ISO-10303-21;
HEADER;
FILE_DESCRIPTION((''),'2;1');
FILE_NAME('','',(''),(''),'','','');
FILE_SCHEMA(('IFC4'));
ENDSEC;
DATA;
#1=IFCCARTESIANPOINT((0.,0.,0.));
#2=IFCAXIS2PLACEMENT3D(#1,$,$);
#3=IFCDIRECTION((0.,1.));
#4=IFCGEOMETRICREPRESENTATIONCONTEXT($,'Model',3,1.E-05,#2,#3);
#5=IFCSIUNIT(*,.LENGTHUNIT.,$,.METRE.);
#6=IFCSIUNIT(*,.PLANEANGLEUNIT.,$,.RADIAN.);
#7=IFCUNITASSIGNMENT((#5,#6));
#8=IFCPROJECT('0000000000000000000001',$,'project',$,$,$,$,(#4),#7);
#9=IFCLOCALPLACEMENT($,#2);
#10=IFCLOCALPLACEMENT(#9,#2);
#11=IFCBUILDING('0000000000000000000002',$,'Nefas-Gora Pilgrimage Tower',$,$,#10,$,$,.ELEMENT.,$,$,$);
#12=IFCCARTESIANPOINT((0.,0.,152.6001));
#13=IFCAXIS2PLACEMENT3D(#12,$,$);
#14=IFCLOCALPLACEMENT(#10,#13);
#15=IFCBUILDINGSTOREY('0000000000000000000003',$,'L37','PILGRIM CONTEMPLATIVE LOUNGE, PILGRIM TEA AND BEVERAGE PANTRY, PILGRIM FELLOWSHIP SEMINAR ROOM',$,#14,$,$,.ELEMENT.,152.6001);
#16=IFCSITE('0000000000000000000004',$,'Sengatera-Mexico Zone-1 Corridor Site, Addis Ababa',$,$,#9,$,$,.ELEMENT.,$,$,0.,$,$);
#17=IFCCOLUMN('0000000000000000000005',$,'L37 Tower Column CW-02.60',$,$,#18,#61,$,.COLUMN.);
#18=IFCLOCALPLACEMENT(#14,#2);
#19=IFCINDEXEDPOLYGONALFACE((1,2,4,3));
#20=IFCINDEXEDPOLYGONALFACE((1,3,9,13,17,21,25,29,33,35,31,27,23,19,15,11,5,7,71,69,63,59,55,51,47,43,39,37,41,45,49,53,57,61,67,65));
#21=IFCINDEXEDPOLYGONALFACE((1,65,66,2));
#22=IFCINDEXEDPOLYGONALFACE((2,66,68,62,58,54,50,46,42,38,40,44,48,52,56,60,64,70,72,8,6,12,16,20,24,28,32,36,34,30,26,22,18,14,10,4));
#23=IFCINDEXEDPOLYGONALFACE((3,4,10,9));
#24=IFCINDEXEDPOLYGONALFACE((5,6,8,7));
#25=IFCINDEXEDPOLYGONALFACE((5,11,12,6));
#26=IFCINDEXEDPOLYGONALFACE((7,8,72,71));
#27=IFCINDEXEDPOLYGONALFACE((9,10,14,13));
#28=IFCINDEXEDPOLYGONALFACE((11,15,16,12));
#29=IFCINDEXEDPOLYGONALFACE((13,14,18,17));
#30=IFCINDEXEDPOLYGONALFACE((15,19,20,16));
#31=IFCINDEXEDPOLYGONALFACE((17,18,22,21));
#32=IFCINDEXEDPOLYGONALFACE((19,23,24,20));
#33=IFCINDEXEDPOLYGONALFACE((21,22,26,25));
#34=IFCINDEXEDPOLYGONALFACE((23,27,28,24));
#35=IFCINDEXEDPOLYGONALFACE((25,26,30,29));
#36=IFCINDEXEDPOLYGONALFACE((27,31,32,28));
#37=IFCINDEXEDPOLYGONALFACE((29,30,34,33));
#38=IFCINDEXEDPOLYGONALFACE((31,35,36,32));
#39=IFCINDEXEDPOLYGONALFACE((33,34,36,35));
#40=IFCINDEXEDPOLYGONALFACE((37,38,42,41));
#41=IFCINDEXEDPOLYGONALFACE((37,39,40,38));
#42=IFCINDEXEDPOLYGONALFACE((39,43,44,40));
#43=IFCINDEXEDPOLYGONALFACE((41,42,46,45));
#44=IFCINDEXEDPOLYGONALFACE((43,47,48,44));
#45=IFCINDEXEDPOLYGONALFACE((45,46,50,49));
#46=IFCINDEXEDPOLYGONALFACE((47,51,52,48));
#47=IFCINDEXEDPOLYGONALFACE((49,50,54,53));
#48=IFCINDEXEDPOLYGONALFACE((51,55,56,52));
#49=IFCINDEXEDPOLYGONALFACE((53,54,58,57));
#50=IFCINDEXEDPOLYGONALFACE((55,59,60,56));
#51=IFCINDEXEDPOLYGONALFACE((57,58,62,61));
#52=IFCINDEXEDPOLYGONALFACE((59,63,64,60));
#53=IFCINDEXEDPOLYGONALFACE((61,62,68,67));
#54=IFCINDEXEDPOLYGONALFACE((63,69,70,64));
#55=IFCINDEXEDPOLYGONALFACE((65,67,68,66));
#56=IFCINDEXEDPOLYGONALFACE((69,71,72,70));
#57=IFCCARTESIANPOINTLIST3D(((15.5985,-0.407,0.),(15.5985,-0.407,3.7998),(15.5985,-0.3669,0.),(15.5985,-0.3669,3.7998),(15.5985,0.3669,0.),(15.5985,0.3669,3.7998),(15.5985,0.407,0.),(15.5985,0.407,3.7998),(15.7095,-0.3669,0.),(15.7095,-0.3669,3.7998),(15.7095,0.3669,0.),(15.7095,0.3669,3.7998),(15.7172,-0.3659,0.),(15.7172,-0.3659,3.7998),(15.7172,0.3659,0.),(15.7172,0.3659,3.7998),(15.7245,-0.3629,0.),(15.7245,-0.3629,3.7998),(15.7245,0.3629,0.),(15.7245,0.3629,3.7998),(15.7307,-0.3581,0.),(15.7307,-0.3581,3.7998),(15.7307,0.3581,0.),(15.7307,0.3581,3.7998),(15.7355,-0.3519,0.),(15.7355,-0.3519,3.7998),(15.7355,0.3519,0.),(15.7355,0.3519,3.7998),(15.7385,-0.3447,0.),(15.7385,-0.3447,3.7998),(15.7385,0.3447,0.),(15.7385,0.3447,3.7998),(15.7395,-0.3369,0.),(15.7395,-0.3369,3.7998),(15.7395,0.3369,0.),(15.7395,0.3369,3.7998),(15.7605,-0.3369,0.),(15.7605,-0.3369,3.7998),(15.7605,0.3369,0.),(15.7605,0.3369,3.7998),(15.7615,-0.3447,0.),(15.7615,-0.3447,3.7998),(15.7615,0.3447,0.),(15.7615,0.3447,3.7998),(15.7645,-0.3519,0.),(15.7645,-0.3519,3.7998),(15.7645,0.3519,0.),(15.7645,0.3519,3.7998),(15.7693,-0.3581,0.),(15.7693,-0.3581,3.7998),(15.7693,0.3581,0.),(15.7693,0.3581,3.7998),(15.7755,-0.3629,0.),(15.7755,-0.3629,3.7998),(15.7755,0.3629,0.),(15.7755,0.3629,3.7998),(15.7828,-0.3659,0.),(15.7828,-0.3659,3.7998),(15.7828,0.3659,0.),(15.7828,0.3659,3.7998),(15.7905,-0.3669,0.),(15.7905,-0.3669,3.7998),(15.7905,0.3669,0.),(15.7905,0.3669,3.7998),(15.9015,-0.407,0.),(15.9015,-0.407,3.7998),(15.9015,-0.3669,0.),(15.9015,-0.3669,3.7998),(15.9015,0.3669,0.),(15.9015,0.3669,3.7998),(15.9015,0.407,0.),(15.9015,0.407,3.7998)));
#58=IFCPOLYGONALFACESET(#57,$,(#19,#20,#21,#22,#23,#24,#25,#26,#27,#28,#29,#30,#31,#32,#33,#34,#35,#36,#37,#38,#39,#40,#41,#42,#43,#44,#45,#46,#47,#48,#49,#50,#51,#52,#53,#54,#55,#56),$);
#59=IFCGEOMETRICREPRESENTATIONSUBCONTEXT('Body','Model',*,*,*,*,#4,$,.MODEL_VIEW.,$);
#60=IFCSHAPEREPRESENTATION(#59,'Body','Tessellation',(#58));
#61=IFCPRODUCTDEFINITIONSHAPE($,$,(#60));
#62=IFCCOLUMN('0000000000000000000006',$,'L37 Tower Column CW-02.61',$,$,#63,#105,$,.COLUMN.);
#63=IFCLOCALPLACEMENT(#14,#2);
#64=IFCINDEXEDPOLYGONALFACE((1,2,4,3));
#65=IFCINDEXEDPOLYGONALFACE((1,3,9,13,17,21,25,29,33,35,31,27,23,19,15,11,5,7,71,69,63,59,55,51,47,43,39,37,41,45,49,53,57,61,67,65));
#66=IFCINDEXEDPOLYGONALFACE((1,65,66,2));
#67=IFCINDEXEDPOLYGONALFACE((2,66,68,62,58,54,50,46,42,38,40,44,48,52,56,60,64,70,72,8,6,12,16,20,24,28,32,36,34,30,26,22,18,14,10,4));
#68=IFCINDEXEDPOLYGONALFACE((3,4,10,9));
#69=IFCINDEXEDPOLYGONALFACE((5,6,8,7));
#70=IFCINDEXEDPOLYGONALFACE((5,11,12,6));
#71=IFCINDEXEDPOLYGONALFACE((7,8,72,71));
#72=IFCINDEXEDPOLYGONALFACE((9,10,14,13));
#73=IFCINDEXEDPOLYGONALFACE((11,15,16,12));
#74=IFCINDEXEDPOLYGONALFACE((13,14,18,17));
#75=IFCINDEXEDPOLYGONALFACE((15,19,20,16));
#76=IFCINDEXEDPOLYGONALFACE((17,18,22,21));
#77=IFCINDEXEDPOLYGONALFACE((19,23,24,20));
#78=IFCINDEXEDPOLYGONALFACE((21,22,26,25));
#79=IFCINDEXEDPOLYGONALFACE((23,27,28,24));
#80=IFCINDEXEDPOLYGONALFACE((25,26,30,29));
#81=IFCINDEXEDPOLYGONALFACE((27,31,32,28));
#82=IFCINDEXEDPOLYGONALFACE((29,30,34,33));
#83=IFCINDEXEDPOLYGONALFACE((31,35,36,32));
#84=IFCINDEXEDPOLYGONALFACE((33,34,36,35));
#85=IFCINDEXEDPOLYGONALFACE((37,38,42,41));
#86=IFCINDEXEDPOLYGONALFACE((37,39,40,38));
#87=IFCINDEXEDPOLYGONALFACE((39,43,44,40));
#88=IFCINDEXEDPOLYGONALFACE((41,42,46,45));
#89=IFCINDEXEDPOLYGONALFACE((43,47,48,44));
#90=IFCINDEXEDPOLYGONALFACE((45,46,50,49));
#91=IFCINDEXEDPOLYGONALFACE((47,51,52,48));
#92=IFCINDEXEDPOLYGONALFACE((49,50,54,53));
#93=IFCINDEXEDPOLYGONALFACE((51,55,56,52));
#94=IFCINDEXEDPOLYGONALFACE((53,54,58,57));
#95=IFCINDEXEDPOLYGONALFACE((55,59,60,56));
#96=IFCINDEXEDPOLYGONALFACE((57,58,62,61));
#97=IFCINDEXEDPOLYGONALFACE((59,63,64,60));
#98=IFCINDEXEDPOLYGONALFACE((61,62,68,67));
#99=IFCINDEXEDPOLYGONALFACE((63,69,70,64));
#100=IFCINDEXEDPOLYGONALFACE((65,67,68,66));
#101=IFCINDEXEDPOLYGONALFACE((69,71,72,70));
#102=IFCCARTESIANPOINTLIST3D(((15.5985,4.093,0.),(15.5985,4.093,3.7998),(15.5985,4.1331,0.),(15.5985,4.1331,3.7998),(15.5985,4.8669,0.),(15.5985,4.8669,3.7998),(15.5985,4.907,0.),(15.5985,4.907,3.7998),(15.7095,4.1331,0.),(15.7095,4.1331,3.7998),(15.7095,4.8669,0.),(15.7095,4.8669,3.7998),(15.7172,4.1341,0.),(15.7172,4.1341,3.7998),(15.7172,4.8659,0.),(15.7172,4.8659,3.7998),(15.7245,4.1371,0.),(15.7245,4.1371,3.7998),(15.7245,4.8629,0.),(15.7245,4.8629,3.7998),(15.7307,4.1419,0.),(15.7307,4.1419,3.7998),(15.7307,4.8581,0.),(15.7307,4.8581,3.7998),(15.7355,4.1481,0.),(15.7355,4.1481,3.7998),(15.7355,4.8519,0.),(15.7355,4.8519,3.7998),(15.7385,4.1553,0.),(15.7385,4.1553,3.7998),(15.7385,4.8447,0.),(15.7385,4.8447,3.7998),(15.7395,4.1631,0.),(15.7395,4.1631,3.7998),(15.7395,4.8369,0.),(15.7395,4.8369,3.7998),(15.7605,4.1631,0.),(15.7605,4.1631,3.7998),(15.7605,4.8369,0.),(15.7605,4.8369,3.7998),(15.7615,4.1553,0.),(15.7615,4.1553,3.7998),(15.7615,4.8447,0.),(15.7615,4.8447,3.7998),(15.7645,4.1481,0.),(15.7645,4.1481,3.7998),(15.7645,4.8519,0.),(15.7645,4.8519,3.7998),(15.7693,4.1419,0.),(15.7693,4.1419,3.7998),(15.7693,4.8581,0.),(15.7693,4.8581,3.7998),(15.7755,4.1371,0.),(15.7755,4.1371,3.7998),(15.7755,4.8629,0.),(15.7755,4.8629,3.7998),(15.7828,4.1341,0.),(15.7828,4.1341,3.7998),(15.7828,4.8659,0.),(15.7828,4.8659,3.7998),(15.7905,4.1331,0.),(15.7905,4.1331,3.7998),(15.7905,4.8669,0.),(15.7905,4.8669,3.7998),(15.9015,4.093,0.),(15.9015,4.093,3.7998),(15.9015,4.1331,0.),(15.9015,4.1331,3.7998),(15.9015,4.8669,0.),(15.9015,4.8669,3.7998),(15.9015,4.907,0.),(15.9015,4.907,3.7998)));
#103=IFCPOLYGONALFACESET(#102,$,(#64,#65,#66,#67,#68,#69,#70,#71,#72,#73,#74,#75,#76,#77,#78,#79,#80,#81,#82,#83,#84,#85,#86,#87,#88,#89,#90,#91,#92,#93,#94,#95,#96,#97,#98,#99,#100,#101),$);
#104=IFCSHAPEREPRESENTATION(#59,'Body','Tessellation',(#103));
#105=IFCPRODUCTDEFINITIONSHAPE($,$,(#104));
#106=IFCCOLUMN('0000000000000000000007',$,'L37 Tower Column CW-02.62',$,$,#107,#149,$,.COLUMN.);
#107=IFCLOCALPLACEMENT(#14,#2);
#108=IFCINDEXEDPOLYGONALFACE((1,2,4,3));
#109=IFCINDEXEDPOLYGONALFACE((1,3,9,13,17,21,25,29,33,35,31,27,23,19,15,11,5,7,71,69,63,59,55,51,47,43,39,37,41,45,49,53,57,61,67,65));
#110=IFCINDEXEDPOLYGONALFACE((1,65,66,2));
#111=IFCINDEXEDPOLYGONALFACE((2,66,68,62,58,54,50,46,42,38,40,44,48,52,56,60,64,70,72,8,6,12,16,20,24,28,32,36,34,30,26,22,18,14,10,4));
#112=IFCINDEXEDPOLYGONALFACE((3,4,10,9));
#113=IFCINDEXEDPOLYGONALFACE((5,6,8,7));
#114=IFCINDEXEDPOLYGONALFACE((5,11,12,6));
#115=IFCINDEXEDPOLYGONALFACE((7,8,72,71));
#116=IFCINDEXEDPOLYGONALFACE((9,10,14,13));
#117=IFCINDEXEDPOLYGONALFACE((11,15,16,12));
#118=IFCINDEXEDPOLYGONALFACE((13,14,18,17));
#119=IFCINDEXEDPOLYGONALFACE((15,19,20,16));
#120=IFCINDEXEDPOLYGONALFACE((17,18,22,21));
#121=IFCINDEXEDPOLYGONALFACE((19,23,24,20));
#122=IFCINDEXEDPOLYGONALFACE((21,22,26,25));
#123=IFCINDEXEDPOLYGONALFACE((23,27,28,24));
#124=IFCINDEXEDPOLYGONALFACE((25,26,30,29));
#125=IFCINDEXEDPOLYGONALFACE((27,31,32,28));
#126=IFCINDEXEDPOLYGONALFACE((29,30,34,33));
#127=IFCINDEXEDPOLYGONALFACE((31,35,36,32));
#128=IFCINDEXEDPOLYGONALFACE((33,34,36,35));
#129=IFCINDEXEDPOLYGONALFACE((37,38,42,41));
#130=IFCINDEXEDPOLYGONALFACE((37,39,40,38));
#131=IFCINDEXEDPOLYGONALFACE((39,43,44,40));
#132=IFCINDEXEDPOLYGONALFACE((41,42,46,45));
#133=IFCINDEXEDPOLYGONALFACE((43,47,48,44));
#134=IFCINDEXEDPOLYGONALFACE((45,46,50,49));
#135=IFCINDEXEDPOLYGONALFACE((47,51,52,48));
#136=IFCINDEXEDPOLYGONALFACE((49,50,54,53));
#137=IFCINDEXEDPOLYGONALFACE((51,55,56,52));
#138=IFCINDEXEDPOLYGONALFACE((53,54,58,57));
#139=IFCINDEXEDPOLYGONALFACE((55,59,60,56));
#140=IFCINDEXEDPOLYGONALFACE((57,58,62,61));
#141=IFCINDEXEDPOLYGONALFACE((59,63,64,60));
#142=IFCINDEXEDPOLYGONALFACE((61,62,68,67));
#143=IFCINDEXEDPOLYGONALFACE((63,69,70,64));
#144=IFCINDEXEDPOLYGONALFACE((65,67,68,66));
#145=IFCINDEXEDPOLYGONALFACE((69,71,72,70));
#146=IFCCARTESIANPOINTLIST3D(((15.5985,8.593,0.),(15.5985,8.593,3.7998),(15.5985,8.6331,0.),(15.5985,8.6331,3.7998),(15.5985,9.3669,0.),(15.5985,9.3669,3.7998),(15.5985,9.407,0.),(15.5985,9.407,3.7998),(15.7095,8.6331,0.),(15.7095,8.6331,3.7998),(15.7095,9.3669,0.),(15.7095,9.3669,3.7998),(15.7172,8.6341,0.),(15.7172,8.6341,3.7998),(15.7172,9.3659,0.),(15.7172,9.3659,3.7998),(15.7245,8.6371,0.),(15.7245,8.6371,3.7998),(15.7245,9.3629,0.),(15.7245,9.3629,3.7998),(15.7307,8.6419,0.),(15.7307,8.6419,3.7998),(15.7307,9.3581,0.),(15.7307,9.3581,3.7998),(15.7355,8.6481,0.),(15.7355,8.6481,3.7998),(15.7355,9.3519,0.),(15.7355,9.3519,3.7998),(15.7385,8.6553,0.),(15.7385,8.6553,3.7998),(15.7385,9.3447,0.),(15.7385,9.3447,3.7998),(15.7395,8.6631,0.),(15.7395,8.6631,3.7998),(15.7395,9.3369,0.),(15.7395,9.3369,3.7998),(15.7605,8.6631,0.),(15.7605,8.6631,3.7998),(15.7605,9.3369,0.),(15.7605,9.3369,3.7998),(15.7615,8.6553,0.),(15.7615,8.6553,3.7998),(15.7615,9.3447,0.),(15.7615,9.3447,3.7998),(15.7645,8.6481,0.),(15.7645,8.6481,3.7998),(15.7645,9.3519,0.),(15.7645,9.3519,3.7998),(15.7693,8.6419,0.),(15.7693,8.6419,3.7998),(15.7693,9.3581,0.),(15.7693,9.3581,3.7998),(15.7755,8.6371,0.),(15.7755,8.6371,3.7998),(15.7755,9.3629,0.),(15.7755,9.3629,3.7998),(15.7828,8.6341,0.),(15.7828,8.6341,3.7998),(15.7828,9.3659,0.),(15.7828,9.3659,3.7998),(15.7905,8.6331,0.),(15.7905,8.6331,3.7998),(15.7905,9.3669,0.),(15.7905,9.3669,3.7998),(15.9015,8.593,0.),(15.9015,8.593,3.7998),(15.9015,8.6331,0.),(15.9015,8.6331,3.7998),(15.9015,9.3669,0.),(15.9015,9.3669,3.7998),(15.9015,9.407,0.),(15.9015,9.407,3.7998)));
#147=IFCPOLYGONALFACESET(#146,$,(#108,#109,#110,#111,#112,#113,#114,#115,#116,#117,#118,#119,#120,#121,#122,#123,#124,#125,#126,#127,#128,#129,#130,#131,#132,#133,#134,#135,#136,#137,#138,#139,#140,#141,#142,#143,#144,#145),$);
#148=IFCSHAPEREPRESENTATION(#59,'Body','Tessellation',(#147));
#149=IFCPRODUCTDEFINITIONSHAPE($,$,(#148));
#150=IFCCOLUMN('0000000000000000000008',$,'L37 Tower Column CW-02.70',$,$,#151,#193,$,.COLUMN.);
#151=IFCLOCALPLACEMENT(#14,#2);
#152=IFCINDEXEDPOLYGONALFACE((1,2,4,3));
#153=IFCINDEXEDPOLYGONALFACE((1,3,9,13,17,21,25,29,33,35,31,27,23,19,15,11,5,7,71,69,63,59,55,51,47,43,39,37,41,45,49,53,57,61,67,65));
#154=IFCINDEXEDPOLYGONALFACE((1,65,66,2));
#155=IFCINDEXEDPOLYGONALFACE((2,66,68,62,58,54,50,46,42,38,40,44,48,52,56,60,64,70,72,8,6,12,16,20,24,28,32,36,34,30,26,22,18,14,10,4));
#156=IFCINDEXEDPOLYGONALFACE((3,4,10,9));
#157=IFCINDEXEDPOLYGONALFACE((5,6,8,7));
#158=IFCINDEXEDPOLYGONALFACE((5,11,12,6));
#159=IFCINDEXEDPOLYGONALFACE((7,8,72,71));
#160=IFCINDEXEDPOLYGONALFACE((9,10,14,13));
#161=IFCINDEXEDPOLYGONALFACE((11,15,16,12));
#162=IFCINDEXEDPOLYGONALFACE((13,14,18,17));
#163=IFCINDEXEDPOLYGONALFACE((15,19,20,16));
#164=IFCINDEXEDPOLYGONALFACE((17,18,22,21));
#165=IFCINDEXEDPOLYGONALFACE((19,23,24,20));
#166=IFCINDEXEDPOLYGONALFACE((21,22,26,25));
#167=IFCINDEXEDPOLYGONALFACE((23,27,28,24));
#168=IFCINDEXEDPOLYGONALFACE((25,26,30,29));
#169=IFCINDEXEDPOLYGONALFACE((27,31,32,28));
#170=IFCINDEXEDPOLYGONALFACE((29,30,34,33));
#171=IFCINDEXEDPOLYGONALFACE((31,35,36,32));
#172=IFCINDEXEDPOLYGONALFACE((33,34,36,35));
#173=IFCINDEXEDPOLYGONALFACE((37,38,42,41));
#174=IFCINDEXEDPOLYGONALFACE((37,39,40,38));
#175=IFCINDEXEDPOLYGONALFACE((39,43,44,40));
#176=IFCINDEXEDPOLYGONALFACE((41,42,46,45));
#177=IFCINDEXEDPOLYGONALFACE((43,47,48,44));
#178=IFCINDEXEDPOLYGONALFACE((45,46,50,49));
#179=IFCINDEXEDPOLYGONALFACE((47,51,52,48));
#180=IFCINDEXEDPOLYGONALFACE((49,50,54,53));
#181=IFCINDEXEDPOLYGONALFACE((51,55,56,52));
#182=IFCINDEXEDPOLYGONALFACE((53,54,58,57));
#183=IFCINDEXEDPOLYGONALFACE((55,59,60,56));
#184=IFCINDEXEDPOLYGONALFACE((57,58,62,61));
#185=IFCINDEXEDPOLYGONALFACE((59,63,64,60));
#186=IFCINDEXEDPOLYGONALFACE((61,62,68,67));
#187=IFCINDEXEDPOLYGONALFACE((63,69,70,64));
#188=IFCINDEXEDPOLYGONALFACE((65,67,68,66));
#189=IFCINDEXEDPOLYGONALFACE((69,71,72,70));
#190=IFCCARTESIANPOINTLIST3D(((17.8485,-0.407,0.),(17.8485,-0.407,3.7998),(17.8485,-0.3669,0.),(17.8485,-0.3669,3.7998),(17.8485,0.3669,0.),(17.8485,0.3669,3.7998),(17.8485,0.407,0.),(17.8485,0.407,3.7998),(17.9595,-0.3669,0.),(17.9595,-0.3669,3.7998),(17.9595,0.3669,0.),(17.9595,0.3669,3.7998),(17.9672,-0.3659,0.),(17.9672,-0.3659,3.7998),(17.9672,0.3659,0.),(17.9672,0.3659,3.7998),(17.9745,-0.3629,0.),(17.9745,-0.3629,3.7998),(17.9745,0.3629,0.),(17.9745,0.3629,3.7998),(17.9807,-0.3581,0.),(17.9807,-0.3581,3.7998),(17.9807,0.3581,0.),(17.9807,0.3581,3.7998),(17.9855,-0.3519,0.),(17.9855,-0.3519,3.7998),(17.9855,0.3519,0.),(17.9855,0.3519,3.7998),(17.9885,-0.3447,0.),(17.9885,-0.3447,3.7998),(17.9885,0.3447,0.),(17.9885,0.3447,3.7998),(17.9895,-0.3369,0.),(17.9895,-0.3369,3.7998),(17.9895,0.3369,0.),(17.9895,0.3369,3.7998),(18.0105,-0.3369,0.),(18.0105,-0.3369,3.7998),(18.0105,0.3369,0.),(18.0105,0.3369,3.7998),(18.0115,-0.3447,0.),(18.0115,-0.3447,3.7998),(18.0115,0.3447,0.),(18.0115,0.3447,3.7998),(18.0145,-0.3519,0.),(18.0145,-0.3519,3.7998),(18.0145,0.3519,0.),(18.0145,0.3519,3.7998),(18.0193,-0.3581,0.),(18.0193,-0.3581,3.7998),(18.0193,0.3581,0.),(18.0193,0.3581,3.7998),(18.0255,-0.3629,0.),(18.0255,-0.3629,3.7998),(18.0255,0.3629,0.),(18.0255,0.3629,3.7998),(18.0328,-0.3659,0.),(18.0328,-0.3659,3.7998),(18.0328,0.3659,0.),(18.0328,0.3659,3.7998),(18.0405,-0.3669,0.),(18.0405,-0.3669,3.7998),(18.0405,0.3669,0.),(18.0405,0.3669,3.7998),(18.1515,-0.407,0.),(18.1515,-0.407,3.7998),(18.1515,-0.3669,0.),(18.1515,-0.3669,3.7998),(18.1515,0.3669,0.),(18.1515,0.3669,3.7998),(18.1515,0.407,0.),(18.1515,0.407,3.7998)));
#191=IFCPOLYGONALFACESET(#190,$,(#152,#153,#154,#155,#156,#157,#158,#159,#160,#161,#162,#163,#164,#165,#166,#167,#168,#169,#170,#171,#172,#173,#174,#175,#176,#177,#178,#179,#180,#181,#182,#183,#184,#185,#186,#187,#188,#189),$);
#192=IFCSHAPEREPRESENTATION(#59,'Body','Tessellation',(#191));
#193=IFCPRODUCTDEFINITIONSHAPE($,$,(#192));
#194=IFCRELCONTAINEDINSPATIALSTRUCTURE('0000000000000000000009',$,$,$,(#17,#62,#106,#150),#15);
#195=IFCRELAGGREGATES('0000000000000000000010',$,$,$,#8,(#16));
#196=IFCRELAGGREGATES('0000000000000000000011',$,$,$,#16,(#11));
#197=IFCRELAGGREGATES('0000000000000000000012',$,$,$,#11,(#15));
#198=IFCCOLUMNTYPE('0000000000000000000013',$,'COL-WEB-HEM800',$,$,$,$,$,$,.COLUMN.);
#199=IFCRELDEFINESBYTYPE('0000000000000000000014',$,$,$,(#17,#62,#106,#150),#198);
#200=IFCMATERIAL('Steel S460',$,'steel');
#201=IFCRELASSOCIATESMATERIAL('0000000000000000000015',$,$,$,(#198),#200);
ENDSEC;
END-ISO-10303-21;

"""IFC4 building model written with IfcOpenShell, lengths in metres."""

from ifc_helpers import new_model, si_unit, direction, frame, origin, origin_2d, place, context, subcontext, project, spatial, i_section, extrude, source, transform, mapped, material, material_profile, profile_set, type_object, element, save


model = new_model("IFC4")

# Units and contexts
model_context = context("Model", 3, precision=1e-05, world=origin(), true_north=direction((0.0, 1.0)))
body_context = subcontext(model_context, "Body", "Model", "MODEL_VIEW")
ifc_project = project(units=[si_unit("LENGTHUNIT", "METRE"), si_unit("PLANEANGLEUNIT", "RADIAN")], contexts=[model_context])

# Site, building, storey
site_placement = place(None, origin())
site = spatial("IfcSite", under=ifc_project, at=site_placement, Name="Sengatera-Mexico Zone-1 Corridor Site, Addis Ababa", CompositionType="ELEMENT", RefElevation=0.0)
building_placement = place(site_placement, origin())
building = spatial("IfcBuilding", under=site, at=building_placement, Name="Nefas-Gora Pilgrimage Tower", CompositionType="ELEMENT")
storey_placement = place(building_placement, frame((0.0, 0.0, 152.6001)))
storey = spatial("IfcBuildingStorey", under=building, at=storey_placement, Name="L37", Description="PILGRIM CONTEMPLATIVE LOUNGE, PILGRIM TEA AND BEVERAGE PANTRY, PILGRIM FELLOWSHIP SEMINAR ROOM", CompositionType="ELEMENT", Elevation=152.6001)

# Columns
ifc_material_1 = material(Name="Steel S460", Category="steel")
ifc_material_profile_1 = material_profile(ifc_material_1, i_section(OverallWidth=0.303, OverallDepth=0.814, WebThickness=0.021, FlangeThickness=0.04, FilletRadius=0.03, at=origin_2d()), Name="HEM 800")
ifc_profile_set_1 = profile_set([ifc_material_profile_1], Name="Steel S460")
column_type_1 = type_object("IfcColumnType", Name="COL-WEB-HEM800", PredefinedType="COLUMN", material=ifc_profile_set_1)
shared_shape_1 = source(origin(), body_context, "Body", "SweptSolid", [
    extrude(i_section(OverallWidth=0.303, OverallDepth=0.814, WebThickness=0.021, FlangeThickness=0.04, FilletRadius=0.03, at=origin_2d()), origin(), (0.0, 0.0, 1.0), 3.7998),
])
for number, where, z_axis, x_axis, name in (
    (1, (15.75, 0.0, 0.0), (0.0, 0.0, 1.0), (1.0, 0.0, 0.0), "L37 Tower Column CW-02.60"),
    (2, (15.75, 4.5, 0.0), (0.0, 0.0, 1.0), (1.0, 0.0, 0.0), "L37 Tower Column CW-02.61"),
    (3, (15.75, 9.0, 0.0), (0.0, 0.0, 1.0), (1.0, 0.0, 0.0), "L37 Tower Column CW-02.62"),
    (4, (18.0, 0.0, 0.0), (0.0, 0.0, 1.0), (1.0, 0.0, 0.0), "L37 Tower Column CW-02.70"),
):
    element("IfcColumn", number, at=place(storey_placement, frame(where, z_axis=z_axis, x_axis=x_axis)), inside=storey, type_object=column_type_1, Name=name, PredefinedType="COLUMN", context=body_context, shape_type="MappedRepresentation", body=[
        mapped(shared_shape_1, transform((0.0, 0.0, 0.0), x_axis=(1.0, 0.0, 0.0), y_axis=(0.0, 1.0, 0.0), z_axis=(0.0, 0.0, 1.0), scale=1.0)),
    ])

save(model, "model.ifc")
